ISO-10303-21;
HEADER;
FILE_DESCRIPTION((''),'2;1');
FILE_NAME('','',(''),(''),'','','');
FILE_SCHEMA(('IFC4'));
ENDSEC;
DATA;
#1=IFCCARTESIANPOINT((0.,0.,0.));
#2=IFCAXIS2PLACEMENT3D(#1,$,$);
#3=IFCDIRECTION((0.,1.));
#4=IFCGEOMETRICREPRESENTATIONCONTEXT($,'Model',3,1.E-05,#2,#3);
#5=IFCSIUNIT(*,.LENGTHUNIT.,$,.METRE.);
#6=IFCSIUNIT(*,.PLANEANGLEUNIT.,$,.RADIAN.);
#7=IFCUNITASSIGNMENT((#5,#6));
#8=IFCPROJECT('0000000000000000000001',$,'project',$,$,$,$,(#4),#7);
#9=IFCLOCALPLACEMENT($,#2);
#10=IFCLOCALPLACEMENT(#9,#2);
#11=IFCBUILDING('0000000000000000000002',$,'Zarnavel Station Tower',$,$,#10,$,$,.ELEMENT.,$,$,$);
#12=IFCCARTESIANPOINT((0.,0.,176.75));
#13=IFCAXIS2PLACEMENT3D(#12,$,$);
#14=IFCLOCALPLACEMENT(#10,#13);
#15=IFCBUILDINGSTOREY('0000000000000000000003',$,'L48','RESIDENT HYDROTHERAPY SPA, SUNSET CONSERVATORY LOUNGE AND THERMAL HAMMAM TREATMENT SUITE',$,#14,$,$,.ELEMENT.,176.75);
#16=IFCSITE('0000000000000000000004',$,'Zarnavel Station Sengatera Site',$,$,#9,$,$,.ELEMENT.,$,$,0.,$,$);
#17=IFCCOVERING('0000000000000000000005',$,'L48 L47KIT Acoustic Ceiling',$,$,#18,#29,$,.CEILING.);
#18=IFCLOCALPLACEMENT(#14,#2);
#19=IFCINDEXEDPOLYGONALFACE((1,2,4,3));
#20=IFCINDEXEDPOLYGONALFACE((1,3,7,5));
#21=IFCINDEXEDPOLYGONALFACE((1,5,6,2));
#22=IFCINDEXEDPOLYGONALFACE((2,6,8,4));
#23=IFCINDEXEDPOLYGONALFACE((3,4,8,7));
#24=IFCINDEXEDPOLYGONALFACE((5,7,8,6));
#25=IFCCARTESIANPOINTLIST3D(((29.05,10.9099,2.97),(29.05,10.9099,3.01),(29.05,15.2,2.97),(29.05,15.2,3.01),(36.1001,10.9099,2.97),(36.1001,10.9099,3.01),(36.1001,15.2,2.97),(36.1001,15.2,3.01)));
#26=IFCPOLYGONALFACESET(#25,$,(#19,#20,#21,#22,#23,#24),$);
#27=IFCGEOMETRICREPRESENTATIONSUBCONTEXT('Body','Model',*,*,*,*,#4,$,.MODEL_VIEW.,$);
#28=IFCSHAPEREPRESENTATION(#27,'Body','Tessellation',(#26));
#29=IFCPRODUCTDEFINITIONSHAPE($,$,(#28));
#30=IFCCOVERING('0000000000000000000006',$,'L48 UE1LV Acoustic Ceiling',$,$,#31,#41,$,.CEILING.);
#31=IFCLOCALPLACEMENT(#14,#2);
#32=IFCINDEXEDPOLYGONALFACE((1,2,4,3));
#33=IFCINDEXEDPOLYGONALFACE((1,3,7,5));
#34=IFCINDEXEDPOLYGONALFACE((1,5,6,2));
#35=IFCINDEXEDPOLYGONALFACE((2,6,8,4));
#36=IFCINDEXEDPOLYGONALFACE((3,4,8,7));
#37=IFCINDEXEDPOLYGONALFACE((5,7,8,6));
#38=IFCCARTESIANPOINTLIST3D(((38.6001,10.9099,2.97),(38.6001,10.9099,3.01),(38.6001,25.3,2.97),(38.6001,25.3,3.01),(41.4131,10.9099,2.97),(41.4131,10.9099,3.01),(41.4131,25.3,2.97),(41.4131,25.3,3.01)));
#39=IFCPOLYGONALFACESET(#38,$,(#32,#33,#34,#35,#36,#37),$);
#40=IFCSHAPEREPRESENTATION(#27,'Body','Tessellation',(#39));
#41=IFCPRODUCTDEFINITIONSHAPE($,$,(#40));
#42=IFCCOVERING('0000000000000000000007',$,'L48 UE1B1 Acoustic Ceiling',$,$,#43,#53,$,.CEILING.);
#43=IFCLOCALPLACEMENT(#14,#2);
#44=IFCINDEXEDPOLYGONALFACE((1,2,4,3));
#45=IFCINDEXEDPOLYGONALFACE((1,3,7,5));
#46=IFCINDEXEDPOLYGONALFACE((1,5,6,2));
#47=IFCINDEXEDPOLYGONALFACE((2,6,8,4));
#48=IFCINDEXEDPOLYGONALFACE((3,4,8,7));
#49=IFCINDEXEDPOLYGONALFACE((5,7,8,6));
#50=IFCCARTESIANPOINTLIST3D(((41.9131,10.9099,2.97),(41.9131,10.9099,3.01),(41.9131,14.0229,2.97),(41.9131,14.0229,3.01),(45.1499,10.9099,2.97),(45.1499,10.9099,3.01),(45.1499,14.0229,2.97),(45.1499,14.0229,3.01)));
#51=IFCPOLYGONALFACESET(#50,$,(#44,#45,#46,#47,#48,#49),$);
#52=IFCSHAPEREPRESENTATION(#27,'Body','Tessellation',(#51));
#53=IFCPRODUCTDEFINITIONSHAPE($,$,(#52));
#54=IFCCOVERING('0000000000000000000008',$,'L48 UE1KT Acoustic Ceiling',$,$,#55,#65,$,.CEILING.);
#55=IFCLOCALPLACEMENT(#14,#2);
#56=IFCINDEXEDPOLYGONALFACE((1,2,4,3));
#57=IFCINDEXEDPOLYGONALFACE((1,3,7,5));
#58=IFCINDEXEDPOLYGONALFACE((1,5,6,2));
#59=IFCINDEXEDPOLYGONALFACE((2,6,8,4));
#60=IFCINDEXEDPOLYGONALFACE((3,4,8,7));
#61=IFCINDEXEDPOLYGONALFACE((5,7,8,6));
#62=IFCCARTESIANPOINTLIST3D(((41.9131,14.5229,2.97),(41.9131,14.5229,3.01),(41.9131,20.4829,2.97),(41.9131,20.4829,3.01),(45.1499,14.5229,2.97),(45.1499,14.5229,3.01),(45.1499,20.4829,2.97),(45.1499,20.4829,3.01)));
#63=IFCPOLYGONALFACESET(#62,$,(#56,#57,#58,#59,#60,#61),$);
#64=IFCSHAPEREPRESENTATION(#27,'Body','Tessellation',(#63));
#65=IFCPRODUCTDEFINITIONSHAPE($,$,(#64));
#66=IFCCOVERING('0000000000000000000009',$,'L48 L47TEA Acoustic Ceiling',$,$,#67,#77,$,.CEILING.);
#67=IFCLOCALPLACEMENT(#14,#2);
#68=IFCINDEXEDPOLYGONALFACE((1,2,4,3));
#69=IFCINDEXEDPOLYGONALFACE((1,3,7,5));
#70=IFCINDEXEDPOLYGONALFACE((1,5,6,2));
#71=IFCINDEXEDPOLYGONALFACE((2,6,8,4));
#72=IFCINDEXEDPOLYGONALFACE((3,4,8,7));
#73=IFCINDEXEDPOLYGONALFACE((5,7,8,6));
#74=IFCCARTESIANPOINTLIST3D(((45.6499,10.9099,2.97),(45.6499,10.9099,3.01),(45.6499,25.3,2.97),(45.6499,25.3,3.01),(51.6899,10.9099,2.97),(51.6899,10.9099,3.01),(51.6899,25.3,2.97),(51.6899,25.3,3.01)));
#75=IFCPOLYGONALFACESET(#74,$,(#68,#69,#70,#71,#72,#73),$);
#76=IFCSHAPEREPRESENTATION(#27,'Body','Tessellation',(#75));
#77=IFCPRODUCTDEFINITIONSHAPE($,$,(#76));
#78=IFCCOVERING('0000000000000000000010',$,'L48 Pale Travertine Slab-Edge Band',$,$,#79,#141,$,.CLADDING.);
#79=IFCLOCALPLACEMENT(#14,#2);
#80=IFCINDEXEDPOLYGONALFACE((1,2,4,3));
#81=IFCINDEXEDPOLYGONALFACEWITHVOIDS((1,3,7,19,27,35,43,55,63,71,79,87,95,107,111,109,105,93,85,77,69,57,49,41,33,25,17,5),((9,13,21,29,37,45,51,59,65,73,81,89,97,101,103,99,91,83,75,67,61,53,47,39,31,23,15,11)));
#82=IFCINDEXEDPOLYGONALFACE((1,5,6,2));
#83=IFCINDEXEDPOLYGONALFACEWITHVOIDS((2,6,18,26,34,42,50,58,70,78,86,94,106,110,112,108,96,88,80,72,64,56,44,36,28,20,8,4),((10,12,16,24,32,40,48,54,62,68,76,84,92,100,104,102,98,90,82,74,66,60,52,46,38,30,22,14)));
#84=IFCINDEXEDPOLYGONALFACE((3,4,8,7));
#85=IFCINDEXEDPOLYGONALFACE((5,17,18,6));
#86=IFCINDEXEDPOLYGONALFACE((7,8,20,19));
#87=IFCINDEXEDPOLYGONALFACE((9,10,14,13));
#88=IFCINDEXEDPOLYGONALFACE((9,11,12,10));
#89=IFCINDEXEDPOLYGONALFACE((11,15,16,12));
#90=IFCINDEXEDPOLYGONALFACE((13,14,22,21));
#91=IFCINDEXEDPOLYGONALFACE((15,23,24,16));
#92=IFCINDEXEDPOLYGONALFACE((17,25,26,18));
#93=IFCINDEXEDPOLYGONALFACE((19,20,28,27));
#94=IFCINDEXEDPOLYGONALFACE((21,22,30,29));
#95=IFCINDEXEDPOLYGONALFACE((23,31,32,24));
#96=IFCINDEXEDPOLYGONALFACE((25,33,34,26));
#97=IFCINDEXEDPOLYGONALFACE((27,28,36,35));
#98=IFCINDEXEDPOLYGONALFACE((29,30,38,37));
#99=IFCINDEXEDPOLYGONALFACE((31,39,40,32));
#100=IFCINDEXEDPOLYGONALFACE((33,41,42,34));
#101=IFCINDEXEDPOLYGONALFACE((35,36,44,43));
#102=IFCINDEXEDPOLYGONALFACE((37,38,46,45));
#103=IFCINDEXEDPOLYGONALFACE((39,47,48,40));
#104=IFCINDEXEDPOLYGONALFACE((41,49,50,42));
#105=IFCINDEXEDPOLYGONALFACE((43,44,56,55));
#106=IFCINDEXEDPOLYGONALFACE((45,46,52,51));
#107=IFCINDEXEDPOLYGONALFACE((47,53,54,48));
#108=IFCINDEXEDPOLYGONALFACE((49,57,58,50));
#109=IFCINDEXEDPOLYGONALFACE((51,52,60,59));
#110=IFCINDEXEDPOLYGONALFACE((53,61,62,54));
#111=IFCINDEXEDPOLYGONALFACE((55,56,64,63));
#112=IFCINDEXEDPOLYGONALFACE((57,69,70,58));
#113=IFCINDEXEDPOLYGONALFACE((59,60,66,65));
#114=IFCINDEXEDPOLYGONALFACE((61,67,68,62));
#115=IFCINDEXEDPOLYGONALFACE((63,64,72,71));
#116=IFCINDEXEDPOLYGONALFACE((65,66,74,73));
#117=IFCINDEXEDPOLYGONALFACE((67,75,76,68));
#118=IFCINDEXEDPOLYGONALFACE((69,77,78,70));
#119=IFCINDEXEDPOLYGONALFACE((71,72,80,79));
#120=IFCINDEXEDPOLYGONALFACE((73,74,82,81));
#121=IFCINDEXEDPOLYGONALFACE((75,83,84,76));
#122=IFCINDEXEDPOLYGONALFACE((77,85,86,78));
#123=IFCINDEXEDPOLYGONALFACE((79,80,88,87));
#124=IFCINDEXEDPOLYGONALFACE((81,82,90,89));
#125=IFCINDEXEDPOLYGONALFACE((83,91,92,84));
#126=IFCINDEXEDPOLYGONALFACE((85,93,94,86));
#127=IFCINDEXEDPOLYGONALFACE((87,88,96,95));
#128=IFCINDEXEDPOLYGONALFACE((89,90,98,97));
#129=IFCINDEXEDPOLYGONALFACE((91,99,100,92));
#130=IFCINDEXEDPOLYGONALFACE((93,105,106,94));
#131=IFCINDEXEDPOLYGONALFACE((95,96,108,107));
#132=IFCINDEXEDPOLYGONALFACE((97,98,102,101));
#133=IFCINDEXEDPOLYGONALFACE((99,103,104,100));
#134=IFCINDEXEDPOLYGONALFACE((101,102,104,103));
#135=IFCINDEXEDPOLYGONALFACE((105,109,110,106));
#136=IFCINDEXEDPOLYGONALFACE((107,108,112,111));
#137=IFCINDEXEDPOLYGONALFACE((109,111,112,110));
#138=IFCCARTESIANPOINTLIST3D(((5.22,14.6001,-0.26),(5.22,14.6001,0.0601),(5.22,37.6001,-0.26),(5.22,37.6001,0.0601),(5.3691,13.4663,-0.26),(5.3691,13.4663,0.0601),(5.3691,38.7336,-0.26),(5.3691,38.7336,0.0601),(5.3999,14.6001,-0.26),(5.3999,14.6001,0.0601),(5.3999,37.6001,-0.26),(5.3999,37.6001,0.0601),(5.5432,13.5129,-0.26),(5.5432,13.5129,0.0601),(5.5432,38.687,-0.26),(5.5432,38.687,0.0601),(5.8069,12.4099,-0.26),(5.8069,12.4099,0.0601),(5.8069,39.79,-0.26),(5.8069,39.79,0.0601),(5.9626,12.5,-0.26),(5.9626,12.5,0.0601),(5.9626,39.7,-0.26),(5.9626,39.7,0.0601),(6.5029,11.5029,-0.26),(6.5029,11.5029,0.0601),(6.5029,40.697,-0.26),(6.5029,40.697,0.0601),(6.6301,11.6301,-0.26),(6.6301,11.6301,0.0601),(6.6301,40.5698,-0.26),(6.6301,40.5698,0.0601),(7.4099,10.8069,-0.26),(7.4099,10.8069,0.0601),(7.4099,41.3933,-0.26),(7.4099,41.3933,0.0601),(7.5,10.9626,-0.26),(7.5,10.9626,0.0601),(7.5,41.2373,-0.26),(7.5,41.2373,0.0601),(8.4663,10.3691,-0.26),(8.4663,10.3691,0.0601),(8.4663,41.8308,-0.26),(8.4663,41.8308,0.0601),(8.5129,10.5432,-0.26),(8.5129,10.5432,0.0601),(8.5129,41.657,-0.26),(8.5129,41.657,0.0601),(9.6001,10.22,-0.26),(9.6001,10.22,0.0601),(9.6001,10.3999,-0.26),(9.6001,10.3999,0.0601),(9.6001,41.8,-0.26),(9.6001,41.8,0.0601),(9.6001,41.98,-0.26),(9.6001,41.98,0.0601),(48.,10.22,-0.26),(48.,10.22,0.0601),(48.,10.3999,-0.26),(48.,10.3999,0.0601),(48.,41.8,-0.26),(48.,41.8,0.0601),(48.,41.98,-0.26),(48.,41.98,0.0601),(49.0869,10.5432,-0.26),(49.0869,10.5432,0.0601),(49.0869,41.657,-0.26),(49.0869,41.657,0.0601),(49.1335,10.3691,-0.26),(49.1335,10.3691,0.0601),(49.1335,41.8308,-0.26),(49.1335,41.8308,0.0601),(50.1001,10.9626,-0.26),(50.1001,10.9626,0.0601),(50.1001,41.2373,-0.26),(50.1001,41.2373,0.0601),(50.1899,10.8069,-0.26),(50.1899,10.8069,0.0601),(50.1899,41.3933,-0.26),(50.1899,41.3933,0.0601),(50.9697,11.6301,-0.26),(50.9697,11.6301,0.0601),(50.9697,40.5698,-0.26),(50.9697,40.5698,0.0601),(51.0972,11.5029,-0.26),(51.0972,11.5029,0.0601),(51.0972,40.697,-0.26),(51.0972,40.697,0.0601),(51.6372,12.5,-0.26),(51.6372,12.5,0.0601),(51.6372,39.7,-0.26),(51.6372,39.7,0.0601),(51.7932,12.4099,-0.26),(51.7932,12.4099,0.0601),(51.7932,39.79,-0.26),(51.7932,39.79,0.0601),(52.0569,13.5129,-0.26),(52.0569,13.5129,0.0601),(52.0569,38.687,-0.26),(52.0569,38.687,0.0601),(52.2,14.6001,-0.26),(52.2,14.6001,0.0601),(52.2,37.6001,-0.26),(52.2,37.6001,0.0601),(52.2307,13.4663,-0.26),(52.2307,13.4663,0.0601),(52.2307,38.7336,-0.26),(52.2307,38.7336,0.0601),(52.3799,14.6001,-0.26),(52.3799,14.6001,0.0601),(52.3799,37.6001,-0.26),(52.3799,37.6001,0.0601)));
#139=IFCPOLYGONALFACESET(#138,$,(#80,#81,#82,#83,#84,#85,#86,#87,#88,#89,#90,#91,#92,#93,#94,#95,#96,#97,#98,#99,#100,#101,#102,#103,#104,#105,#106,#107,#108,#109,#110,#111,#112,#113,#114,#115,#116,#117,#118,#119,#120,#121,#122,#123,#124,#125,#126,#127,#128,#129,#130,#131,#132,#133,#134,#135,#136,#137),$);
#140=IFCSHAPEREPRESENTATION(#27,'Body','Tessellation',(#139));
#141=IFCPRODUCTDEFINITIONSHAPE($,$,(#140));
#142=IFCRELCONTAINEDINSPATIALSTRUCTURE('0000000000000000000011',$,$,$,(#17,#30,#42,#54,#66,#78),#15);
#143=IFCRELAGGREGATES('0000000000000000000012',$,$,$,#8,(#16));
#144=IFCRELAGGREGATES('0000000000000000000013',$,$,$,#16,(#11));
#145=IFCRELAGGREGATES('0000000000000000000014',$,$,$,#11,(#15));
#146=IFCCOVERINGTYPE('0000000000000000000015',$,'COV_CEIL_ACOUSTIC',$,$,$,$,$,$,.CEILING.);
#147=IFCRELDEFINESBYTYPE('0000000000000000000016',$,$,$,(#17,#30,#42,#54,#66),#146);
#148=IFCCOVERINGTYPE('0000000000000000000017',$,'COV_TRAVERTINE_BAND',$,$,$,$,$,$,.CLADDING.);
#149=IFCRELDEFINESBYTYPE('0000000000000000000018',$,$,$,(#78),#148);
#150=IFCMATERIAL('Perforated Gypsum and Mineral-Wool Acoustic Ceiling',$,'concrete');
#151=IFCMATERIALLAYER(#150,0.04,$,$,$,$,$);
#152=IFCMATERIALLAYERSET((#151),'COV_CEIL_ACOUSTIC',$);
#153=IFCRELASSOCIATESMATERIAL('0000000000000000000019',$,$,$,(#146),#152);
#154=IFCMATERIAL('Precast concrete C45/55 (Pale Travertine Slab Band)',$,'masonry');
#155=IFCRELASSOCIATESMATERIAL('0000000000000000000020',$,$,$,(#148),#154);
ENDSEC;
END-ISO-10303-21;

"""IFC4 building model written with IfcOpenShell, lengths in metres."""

from ifc_helpers import new_model, si_unit, direction, frame, origin, place, context, subcontext, project, spatial, polyline, outline, extrude, material, layer, layer_set, type_object, element, save


model = new_model("IFC4")

# Units and contexts
model_context = context("Model", 3, precision=1e-05, world=origin(), true_north=direction((0.0, 1.0)))
body_context = subcontext(model_context, "Body", "Model", "MODEL_VIEW")
ifc_project = project(units=[si_unit("LENGTHUNIT", "METRE"), si_unit("PLANEANGLEUNIT", "RADIAN")], contexts=[model_context])

# Site, building, storey
site_placement = place(None, origin())
site = spatial("IfcSite", under=ifc_project, at=site_placement, Name="Zarnavel Station Sengatera Site", CompositionType="ELEMENT", RefElevation=0.0)
building_placement = place(site_placement, origin())
building = spatial("IfcBuilding", under=site, at=building_placement, Name="Zarnavel Station Tower", CompositionType="ELEMENT")
storey_placement = place(building_placement, frame((0.0, 0.0, 176.75)))
storey = spatial("IfcBuildingStorey", under=building, at=storey_placement, Name="L48", Description="RESIDENT HYDROTHERAPY SPA, SUNSET CONSERVATORY LOUNGE AND THERMAL HAMMAM TREATMENT SUITE", CompositionType="ELEMENT", Elevation=176.75)

# Coverings
ifc_material_1 = material(Name="Perforated Gypsum and Mineral-Wool Acoustic Ceiling", Category="concrete")
ifc_layer_1 = layer(ifc_material_1, 0.04)
ifc_layer_set_1 = layer_set([ifc_layer_1], Name="COV_CEIL_ACOUSTIC")
covering_type_1 = type_object("IfcCoveringType", Name="COV_CEIL_ACOUSTIC", PredefinedType="CEILING", material=ifc_layer_set_1)
covering_1_placement = place(storey_placement, frame((0.0, 0.0, 2.97)))
element("IfcCovering", 1, at=covering_1_placement, inside=storey, type_object=covering_type_1, Name="L48 L47KIT Acoustic Ceiling", PredefinedType="CEILING", context=body_context, shape_type="SweptSolid", body=[
    extrude(outline(polyline([(29.05, 10.9099), (36.1001, 10.9099), (36.1001, 15.2), (29.05, 15.2), (29.05, 10.9099)])), origin(), (0.0, 0.0, 1.0), 0.04),
])
covering_2_placement = place(storey_placement, frame((0.0, 0.0, 2.97)))
element("IfcCovering", 2, at=covering_2_placement, inside=storey, type_object=covering_type_1, Name="L48 UE1LV Acoustic Ceiling", PredefinedType="CEILING", context=body_context, shape_type="SweptSolid", body=[
    extrude(outline(polyline([(38.6001, 10.9099), (41.4131, 10.9099), (41.4131, 25.3), (38.6001, 25.3), (38.6001, 10.9099)])), origin(), (0.0, 0.0, 1.0), 0.04),
])
covering_3_placement = place(storey_placement, frame((0.0, 0.0, 2.97)))
element("IfcCovering", 3, at=covering_3_placement, inside=storey, type_object=covering_type_1, Name="L48 UE1B1 Acoustic Ceiling", PredefinedType="CEILING", context=body_context, shape_type="SweptSolid", body=[
    extrude(outline(polyline([(41.9131, 10.9099), (45.1499, 10.9099), (45.1499, 14.0229), (41.9131, 14.0229), (41.9131, 10.9099)])), origin(), (0.0, 0.0, 1.0), 0.04),
])
covering_4_placement = place(storey_placement, frame((0.0, 0.0, 2.97)))
element("IfcCovering", 4, at=covering_4_placement, inside=storey, type_object=covering_type_1, Name="L48 UE1KT Acoustic Ceiling", PredefinedType="CEILING", context=body_context, shape_type="SweptSolid", body=[
    extrude(outline(polyline([(41.9131, 14.5229), (45.1499, 14.5229), (45.1499, 20.4829), (41.9131, 20.4829), (41.9131, 14.5229)])), origin(), (0.0, 0.0, 1.0), 0.04),
])
covering_5_placement = place(storey_placement, frame((0.0, 0.0, 2.97)))
element("IfcCovering", 5, at=covering_5_placement, inside=storey, type_object=covering_type_1, Name="L48 L47TEA Acoustic Ceiling", PredefinedType="CEILING", context=body_context, shape_type="SweptSolid", body=[
    extrude(outline(polyline([(45.6499, 10.9099), (51.6899, 10.9099), (51.6899, 25.3), (45.6499, 25.3), (45.6499, 10.9099)])), origin(), (0.0, 0.0, 1.0), 0.04),
])
ifc_material_2 = material(Name="Precast concrete C45/55 (Pale Travertine Slab Band)", Category="masonry")
covering_type_2 = type_object("IfcCoveringType", Name="COV_TRAVERTINE_BAND", PredefinedType="CLADDING", material=ifc_material_2)
covering_6_placement = place(storey_placement, frame((0.0, 0.0, -0.26)))
element("IfcCovering", 6, at=covering_6_placement, inside=storey, type_object=covering_type_2, Name="L48 Pale Travertine Slab-Edge Band", PredefinedType="CLADDING", context=body_context, shape_type="SweptSolid", body=[
    extrude(outline(polyline([(48.0, 10.22), (49.1335, 10.3691), (50.1899, 10.8069), (51.0972, 11.5029), (51.7932, 12.4099), (52.2307, 13.4663), (52.3799, 14.6001), (52.3799, 37.6001), (52.2307, 38.7336), (51.7932, 39.79), (51.0972, 40.697), (50.1899, 41.3933), (49.1335, 41.8308), (48.0, 41.98), (9.6001, 41.98), (8.4663, 41.8308), (7.4099, 41.3933), (6.5029, 40.697), (5.8069, 39.79), (5.3691, 38.7336), (5.22, 37.6001), (5.22, 14.6001), (5.3691, 13.4663), (5.8069, 12.4099), (6.5029, 11.5029), (7.4099, 10.8069), (8.4663, 10.3691), (9.6001, 10.22), (48.0, 10.22)]), holes=[polyline([(48.0, 10.3999), (49.0869, 10.5432), (50.1001, 10.9626), (50.9697, 11.6301), (51.6372, 12.5), (52.0569, 13.5129), (52.2, 14.6001), (52.2, 37.6001), (52.0569, 38.687), (51.6372, 39.7), (50.9697, 40.5698), (50.1001, 41.2373), (49.0869, 41.657), (48.0, 41.8), (9.6001, 41.8), (8.5129, 41.657), (7.5, 41.2373), (6.6301, 40.5698), (5.9626, 39.7), (5.5432, 38.687), (5.3999, 37.6001), (5.3999, 14.6001), (5.5432, 13.5129), (5.9626, 12.5), (6.6301, 11.6301), (7.5, 10.9626), (8.5129, 10.5432), (9.6001, 10.3999), (48.0, 10.3999)])]), origin(), (0.0, 0.0, 1.0), 0.3201),
])

save(model, "model.ifc")
